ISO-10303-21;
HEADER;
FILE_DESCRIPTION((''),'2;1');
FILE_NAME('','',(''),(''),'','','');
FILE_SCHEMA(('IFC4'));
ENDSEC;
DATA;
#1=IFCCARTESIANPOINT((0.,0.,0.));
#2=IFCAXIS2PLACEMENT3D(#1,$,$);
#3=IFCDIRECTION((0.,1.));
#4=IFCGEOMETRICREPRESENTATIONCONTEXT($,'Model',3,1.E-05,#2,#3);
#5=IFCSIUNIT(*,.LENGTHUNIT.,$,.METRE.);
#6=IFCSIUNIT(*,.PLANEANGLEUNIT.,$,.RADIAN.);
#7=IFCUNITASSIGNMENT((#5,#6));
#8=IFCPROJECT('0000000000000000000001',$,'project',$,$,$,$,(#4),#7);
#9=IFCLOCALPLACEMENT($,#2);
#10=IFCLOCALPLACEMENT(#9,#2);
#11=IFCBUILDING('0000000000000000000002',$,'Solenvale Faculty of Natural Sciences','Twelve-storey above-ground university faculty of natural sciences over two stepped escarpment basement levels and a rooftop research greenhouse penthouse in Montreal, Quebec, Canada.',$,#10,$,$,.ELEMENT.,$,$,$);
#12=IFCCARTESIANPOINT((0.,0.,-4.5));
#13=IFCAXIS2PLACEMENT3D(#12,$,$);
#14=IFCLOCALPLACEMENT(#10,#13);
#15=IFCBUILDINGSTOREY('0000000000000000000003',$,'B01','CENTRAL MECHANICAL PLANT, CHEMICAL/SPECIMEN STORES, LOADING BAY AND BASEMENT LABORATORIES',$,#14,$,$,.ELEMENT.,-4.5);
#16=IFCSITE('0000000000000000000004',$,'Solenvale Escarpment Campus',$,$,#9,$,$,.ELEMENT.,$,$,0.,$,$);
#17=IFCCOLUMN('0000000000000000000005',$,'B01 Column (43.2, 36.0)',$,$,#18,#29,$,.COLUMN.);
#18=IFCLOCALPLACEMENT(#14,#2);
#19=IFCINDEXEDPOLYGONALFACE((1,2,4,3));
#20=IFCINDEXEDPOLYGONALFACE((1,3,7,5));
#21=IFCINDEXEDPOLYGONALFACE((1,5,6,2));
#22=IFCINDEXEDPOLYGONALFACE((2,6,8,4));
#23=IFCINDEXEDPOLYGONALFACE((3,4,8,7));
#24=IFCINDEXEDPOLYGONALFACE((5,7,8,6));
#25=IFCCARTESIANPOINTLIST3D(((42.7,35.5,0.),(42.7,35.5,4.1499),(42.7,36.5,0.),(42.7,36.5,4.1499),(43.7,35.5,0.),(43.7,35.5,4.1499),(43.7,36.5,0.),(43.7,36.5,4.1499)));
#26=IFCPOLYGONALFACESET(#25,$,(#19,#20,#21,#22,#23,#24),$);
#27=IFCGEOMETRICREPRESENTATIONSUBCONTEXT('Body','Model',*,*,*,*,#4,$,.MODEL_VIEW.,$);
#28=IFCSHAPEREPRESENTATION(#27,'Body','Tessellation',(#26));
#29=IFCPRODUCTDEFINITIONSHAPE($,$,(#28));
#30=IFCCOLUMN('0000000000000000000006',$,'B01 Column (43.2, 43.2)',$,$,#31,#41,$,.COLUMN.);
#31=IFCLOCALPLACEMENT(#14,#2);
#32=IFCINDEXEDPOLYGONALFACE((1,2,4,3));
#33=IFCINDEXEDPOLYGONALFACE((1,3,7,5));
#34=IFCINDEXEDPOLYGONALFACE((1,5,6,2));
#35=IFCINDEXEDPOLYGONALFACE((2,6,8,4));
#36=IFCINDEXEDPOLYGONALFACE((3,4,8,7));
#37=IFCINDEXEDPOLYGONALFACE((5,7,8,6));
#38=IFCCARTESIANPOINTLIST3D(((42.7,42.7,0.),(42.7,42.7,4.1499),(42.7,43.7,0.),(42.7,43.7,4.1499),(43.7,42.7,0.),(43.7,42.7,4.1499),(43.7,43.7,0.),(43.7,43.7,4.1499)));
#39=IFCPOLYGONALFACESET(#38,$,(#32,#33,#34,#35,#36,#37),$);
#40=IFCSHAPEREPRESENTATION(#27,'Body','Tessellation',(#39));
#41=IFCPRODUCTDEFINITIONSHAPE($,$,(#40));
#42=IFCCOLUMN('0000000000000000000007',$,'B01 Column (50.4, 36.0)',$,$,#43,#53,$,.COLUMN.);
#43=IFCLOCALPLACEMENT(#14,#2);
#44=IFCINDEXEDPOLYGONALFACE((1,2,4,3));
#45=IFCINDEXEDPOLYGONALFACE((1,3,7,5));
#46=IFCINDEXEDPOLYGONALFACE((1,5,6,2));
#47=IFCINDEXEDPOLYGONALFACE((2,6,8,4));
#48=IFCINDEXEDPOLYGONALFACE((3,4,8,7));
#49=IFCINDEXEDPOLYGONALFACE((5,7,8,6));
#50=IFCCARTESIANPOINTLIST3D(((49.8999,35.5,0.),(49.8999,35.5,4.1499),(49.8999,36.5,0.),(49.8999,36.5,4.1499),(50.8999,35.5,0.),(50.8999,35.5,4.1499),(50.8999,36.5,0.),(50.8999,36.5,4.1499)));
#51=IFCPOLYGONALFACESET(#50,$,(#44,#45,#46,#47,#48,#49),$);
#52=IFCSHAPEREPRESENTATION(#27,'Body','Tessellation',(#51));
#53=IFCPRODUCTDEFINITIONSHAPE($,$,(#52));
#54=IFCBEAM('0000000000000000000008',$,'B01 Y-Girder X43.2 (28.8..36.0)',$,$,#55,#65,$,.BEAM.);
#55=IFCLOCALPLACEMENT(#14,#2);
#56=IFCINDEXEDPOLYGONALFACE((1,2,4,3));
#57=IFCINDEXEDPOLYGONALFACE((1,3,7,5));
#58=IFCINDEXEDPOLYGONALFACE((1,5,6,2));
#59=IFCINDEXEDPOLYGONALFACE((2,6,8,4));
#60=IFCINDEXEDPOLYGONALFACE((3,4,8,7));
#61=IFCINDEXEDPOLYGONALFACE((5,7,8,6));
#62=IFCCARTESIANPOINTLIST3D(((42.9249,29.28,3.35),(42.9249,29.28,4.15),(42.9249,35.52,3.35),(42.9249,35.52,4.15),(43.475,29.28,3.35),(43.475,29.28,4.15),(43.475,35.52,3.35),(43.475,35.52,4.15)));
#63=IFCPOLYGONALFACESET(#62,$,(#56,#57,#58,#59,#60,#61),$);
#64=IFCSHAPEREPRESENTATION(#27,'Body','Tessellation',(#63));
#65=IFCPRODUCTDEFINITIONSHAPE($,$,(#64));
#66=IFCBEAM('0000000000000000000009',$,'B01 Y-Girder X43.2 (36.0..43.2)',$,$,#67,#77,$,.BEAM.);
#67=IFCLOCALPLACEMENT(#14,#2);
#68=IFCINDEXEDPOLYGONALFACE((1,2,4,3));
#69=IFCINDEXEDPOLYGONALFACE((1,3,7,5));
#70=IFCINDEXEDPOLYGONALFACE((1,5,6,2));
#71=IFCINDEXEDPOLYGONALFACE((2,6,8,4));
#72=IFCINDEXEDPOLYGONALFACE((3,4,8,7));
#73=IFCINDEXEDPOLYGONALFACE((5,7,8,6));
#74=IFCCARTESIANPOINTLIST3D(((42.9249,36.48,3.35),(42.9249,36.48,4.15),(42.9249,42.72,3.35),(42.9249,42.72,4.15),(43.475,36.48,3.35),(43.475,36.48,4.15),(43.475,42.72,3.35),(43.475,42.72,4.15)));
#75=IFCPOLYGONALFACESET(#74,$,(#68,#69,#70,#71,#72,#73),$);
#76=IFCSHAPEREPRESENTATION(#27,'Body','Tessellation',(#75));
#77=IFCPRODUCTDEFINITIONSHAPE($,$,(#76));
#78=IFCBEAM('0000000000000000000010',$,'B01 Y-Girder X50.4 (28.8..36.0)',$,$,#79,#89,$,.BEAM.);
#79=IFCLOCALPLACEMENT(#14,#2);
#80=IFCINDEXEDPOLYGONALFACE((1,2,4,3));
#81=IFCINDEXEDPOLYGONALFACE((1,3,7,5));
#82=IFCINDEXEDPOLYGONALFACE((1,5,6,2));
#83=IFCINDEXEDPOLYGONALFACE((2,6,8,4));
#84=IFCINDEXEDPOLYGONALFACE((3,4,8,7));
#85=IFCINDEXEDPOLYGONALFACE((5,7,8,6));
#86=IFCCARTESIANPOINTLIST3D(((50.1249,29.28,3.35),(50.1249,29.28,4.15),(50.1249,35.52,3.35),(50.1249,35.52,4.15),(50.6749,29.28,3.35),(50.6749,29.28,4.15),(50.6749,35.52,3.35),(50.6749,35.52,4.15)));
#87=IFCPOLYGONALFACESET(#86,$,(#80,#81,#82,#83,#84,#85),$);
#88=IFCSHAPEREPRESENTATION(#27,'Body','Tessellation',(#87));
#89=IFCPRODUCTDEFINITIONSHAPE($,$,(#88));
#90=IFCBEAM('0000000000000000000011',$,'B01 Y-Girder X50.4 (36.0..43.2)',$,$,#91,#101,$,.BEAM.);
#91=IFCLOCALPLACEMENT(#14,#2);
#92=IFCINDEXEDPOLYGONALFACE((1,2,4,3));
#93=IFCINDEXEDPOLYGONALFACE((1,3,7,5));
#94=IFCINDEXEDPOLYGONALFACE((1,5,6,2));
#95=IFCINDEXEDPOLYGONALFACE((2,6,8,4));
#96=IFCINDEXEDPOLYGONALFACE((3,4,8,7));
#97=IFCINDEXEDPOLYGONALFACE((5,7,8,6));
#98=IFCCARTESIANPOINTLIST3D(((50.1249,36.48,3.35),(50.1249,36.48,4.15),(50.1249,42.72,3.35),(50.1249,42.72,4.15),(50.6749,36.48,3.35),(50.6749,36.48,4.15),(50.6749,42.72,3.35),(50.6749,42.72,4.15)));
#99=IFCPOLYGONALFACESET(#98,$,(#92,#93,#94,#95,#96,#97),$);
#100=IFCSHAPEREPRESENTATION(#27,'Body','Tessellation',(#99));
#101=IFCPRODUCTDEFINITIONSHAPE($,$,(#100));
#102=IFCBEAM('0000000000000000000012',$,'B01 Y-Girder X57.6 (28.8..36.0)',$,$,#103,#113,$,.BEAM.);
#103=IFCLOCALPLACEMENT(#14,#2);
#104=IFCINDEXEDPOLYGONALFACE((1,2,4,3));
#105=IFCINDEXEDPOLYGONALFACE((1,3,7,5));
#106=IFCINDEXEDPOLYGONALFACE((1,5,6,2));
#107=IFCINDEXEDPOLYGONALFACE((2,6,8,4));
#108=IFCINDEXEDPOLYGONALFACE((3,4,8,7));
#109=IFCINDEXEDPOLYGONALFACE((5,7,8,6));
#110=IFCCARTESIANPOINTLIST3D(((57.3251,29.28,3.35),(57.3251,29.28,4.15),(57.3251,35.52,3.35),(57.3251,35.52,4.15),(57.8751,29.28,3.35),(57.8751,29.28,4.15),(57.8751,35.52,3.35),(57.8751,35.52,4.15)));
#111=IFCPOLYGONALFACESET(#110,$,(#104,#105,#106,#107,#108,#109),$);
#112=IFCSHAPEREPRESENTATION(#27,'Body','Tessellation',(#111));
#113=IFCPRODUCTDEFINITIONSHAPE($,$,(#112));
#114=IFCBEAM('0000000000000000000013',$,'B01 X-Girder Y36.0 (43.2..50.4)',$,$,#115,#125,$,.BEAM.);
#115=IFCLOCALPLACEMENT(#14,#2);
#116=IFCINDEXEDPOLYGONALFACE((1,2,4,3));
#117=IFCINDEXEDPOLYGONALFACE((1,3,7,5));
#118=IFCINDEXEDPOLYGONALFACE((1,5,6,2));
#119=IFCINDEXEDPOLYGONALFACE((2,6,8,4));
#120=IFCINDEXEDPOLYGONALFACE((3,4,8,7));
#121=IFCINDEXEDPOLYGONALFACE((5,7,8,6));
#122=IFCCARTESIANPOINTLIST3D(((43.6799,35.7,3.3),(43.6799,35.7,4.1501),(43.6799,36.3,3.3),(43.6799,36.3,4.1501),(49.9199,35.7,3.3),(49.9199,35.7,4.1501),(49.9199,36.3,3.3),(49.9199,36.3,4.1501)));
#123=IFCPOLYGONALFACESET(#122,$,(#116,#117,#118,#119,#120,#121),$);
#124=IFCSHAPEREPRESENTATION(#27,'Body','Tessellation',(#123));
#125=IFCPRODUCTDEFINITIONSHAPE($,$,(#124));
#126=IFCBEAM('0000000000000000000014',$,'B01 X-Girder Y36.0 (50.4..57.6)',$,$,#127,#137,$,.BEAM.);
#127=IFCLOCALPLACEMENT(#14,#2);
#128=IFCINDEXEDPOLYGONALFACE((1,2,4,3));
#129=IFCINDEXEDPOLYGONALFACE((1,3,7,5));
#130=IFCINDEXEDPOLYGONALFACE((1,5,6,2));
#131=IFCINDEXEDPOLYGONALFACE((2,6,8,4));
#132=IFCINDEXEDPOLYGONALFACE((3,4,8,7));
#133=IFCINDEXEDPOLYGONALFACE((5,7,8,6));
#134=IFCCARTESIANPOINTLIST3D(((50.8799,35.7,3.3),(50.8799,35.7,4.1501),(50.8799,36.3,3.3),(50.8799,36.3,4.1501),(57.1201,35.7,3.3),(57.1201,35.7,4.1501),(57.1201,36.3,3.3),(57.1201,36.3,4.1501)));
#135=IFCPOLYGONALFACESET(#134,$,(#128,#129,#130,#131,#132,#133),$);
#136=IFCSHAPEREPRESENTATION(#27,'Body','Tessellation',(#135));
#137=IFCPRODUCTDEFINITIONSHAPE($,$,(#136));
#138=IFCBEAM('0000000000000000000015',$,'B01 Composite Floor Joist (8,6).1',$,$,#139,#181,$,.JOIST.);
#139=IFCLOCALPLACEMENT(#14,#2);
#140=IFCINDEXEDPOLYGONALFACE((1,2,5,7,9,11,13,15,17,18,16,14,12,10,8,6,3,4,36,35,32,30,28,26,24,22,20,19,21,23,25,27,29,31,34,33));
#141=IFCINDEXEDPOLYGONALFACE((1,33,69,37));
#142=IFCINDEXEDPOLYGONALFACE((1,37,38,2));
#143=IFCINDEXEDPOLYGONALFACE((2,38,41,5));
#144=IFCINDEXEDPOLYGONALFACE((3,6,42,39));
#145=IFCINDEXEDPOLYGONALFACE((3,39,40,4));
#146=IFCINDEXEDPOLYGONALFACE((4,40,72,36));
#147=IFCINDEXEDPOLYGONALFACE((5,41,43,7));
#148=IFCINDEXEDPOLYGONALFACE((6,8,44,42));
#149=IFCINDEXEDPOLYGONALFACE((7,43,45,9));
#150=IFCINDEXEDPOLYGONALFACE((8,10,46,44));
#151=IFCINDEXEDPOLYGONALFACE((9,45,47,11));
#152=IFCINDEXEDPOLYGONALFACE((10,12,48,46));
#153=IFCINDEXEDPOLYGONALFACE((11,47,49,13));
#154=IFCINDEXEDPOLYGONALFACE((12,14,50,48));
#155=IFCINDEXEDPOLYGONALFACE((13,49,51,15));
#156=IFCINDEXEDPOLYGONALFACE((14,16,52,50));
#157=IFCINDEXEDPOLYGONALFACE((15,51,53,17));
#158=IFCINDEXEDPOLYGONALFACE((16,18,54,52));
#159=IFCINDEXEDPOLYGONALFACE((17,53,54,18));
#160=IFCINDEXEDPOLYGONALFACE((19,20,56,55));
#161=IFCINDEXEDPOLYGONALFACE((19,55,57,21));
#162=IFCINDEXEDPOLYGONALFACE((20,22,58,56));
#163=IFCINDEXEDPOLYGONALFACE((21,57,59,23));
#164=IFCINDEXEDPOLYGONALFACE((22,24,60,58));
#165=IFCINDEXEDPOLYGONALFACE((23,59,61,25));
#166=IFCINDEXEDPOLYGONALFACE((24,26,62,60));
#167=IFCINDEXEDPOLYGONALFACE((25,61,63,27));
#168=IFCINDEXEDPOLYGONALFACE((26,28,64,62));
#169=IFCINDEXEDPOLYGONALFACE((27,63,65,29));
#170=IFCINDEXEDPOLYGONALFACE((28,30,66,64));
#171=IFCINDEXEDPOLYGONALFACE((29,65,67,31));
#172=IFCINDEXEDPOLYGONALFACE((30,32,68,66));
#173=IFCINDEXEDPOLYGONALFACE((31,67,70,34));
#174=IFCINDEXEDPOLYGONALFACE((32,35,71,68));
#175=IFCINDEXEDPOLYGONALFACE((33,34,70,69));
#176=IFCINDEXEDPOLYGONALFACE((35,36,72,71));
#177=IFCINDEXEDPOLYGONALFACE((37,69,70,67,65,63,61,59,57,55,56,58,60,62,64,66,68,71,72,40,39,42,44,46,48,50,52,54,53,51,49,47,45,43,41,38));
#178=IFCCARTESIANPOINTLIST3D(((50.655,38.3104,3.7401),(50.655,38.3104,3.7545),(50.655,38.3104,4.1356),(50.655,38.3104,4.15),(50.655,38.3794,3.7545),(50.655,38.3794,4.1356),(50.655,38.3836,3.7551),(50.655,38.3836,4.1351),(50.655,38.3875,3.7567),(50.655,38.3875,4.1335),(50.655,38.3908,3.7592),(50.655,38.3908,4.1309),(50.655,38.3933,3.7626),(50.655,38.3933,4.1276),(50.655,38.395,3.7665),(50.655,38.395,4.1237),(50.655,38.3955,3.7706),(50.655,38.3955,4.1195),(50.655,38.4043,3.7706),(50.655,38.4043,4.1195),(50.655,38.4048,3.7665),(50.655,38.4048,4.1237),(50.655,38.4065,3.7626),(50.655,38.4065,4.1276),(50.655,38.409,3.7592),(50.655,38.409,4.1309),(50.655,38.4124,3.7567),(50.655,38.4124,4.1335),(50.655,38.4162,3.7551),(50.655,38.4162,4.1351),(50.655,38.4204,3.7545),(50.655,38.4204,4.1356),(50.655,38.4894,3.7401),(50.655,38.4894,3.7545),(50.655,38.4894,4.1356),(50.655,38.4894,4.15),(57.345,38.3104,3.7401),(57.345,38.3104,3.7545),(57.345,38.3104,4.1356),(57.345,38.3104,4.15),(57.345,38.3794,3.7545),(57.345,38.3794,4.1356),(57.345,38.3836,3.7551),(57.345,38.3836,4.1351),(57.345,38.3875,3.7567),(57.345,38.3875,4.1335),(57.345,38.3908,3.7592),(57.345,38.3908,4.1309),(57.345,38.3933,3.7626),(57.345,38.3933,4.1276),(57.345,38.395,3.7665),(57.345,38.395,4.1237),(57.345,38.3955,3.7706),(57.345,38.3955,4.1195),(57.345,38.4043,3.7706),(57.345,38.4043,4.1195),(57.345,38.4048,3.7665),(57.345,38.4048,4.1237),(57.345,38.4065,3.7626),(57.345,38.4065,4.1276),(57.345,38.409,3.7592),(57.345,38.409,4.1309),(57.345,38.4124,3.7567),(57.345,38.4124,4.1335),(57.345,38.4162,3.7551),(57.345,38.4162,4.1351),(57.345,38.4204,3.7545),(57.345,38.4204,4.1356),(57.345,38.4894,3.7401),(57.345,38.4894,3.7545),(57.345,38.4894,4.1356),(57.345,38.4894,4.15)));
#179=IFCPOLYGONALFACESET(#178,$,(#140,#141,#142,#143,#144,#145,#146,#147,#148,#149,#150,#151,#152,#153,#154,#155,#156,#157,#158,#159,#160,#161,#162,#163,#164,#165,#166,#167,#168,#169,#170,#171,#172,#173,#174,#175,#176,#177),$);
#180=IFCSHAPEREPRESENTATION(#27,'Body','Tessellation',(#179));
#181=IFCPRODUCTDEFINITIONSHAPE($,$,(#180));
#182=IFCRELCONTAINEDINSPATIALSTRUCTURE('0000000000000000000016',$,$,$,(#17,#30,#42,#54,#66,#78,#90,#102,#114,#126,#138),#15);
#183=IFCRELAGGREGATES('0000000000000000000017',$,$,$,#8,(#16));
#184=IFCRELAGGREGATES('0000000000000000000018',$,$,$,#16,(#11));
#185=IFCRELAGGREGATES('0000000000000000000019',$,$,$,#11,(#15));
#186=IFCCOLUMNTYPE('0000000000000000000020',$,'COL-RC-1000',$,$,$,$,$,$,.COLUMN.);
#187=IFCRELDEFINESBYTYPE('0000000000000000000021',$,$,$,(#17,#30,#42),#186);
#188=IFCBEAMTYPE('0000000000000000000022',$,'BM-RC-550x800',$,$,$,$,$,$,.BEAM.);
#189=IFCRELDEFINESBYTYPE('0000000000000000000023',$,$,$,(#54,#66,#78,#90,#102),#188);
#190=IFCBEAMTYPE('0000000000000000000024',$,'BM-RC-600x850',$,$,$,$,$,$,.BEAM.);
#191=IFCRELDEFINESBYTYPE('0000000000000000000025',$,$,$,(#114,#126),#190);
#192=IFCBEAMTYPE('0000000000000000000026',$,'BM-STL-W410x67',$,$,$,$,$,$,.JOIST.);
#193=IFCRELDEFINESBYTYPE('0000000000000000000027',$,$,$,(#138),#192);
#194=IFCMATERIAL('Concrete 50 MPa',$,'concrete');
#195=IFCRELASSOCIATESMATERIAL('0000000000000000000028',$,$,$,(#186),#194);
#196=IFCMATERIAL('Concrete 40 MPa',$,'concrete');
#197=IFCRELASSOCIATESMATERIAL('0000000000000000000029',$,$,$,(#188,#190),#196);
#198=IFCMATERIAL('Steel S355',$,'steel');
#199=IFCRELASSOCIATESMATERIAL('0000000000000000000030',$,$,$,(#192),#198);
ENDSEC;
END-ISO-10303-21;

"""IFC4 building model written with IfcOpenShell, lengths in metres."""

from ifc_helpers import new_model, si_unit, direction, frame, origin, origin_2d, place, context, subcontext, project, spatial, rectangle, i_section, extrude, material, material_profile, profile_set, type_object, element, save


model = new_model("IFC4")

# Units and contexts
model_context = context("Model", 3, precision=1e-05, world=origin(), true_north=direction((0.0, 1.0)))
body_context = subcontext(model_context, "Body", "Model", "MODEL_VIEW")
ifc_project = project(units=[si_unit("LENGTHUNIT", "METRE"), si_unit("PLANEANGLEUNIT", "RADIAN")], contexts=[model_context])

# Site, building, storey
site_placement = place(None, origin())
site = spatial("IfcSite", under=ifc_project, at=site_placement, Name="Solenvale Escarpment Campus", CompositionType="ELEMENT", RefElevation=0.0)
building_placement = place(site_placement, origin())
building = spatial("IfcBuilding", under=site, at=building_placement, Name="Solenvale Faculty of Natural Sciences", Description="Twelve-storey above-ground university faculty of natural sciences over two stepped escarpment basement levels and a rooftop research greenhouse penthouse in Montreal, Quebec, Canada.", CompositionType="ELEMENT")
storey_placement = place(building_placement, frame((0.0, 0.0, -4.5)))
storey = spatial("IfcBuildingStorey", under=building, at=storey_placement, Name="B01", Description="CENTRAL MECHANICAL PLANT, CHEMICAL/SPECIMEN STORES, LOADING BAY AND BASEMENT LABORATORIES", CompositionType="ELEMENT", Elevation=-4.5)

# Shared definitions
ifc_material_1 = material(Name="Concrete 40 MPa", Category="concrete")

# Columns
ifc_material_2 = material(Name="Concrete 50 MPa", Category="concrete")
ifc_material_profile_1 = material_profile(ifc_material_2, rectangle(XDim=1.0, YDim=1.0, at=origin_2d()), Name="RC-COL-1000x1000")
ifc_profile_set_1 = profile_set([ifc_material_profile_1], Name="Concrete 50 MPa")
column_type = type_object("IfcColumnType", Name="COL-RC-1000", PredefinedType="COLUMN", material=ifc_profile_set_1)
for number, where, z_axis, x_axis, name in (
    (1, (43.2, 36.0, 0.0), (0.0, 0.0, 1.0), (1.0, 0.0, 0.0), "B01 Column (43.2, 36.0)"),
    (2, (43.2, 43.2, 0.0), (0.0, 0.0, 1.0), (1.0, 0.0, 0.0), "B01 Column (43.2, 43.2)"),
    (3, (50.3999, 36.0, 0.0), (0.0, 0.0, 1.0), (1.0, 0.0, 0.0), "B01 Column (50.4, 36.0)"),
):
    element("IfcColumn", number, at=place(storey_placement, frame(where, z_axis=z_axis, x_axis=x_axis)), inside=storey, type_object=column_type, Name=name, PredefinedType="COLUMN", context=body_context, shape_type="SweptSolid", body=[
        extrude(rectangle(XDim=1.0, YDim=1.0, at=origin_2d()), origin(), (0.0, 0.0, 1.0), 4.1499),
    ])

# Beams
ifc_material_profile_2 = material_profile(ifc_material_1, rectangle(XDim=0.55, YDim=0.8, at=origin_2d()), Name="RC-BM-550x800")
ifc_profile_set_2 = profile_set([ifc_material_profile_2], Name="Concrete 40 MPa")
beam_type_1 = type_object("IfcBeamType", Name="BM-RC-550x800", PredefinedType="BEAM", material=ifc_profile_set_2)
for number, where, z_axis, x_axis, name in (
    (4, (43.2, 29.28, 3.75), (0.0, 1.0, 0.0), (-1.0, 0.0, 0.0), "B01 Y-Girder X43.2 (28.8..36.0)"),
    (5, (43.2, 36.48, 3.75), (0.0, 1.0, 0.0), (-1.0, 0.0, 0.0), "B01 Y-Girder X43.2 (36.0..43.2)"),
    (6, (50.3999, 29.28, 3.75), (0.0, 1.0, 0.0), (-1.0, 0.0, 0.0), "B01 Y-Girder X50.4 (28.8..36.0)"),
    (7, (50.3999, 36.48, 3.75), (0.0, 1.0, 0.0), (-1.0, 0.0, 0.0), "B01 Y-Girder X50.4 (36.0..43.2)"),
    (8, (57.6001, 29.28, 3.75), (0.0, 1.0, 0.0), (-1.0, 0.0, 0.0), "B01 Y-Girder X57.6 (28.8..36.0)"),
):
    element("IfcBeam", number, at=place(storey_placement, frame(where, z_axis=z_axis, x_axis=x_axis)), inside=storey, type_object=beam_type_1, Name=name, PredefinedType="BEAM", context=body_context, shape_type="SweptSolid", body=[
        extrude(rectangle(XDim=0.55, YDim=0.8, at=origin_2d()), origin(), (0.0, 0.0, 1.0), 6.24),
    ])
ifc_material_profile_3 = material_profile(ifc_material_1, rectangle(XDim=0.6001, YDim=0.8501, at=origin_2d()), Name="RC-BM-600x850")
ifc_profile_set_3 = profile_set([ifc_material_profile_3], Name="Concrete 40 MPa")
beam_type_2 = type_object("IfcBeamType", Name="BM-RC-600x850", PredefinedType="BEAM", material=ifc_profile_set_3)
beam_1_placement = place(storey_placement, frame((43.6799, 36.0, 3.7251), z_axis=(1.0, 0.0, 0.0), x_axis=(0.0, 1.0, 0.0)))
element("IfcBeam", 9, at=beam_1_placement, inside=storey, type_object=beam_type_2, Name="B01 X-Girder Y36.0 (43.2..50.4)", PredefinedType="BEAM", context=body_context, shape_type="SweptSolid", body=[
    extrude(rectangle(XDim=0.6001, YDim=0.8501, at=origin_2d()), origin(), (0.0, 0.0, 1.0), 6.24),
])
beam_2_placement = place(storey_placement, frame((50.8799, 36.0, 3.7251), z_axis=(1.0, 0.0, 0.0), x_axis=(0.0, 1.0, 0.0)))
element("IfcBeam", 10, at=beam_2_placement, inside=storey, type_object=beam_type_2, Name="B01 X-Girder Y36.0 (50.4..57.6)", PredefinedType="BEAM", context=body_context, shape_type="SweptSolid", body=[
    extrude(rectangle(XDim=0.6001, YDim=0.8501, at=origin_2d()), origin(), (0.0, 0.0, 1.0), 6.2402),
])
ifc_material_3 = material(Name="Steel S355", Category="steel")
ifc_material_profile_4 = material_profile(ifc_material_3, i_section(OverallWidth=0.179, OverallDepth=0.4099, WebThickness=0.0088, FlangeThickness=0.0144, FilletRadius=0.0161, at=origin_2d()), Name="W410x67")
ifc_profile_set_4 = profile_set([ifc_material_profile_4], Name="Steel S355")
beam_type_3 = type_object("IfcBeamType", Name="BM-STL-W410x67", PredefinedType="JOIST", material=ifc_profile_set_4)
for number, where, z_axis, x_axis, name in (
    (11, (50.655, 38.3999, 3.9451), (1.0, 0.0, 0.0), (0.0, 1.0, 0.0), "B01 Composite Floor Joist (8,6).1"),
):
    element("IfcBeam", number, at=place(storey_placement, frame(where, z_axis=z_axis, x_axis=x_axis)), inside=storey, type_object=beam_type_3, Name=name, PredefinedType="JOIST", context=body_context, shape_type="SweptSolid", body=[
        extrude(i_section(OverallWidth=0.179, OverallDepth=0.4099, WebThickness=0.0088, FlangeThickness=0.0144, FilletRadius=0.0161, at=origin_2d()), origin(), (0.0, 0.0, 1.0), 6.6899),
    ])

save(model, "model.ifc")
